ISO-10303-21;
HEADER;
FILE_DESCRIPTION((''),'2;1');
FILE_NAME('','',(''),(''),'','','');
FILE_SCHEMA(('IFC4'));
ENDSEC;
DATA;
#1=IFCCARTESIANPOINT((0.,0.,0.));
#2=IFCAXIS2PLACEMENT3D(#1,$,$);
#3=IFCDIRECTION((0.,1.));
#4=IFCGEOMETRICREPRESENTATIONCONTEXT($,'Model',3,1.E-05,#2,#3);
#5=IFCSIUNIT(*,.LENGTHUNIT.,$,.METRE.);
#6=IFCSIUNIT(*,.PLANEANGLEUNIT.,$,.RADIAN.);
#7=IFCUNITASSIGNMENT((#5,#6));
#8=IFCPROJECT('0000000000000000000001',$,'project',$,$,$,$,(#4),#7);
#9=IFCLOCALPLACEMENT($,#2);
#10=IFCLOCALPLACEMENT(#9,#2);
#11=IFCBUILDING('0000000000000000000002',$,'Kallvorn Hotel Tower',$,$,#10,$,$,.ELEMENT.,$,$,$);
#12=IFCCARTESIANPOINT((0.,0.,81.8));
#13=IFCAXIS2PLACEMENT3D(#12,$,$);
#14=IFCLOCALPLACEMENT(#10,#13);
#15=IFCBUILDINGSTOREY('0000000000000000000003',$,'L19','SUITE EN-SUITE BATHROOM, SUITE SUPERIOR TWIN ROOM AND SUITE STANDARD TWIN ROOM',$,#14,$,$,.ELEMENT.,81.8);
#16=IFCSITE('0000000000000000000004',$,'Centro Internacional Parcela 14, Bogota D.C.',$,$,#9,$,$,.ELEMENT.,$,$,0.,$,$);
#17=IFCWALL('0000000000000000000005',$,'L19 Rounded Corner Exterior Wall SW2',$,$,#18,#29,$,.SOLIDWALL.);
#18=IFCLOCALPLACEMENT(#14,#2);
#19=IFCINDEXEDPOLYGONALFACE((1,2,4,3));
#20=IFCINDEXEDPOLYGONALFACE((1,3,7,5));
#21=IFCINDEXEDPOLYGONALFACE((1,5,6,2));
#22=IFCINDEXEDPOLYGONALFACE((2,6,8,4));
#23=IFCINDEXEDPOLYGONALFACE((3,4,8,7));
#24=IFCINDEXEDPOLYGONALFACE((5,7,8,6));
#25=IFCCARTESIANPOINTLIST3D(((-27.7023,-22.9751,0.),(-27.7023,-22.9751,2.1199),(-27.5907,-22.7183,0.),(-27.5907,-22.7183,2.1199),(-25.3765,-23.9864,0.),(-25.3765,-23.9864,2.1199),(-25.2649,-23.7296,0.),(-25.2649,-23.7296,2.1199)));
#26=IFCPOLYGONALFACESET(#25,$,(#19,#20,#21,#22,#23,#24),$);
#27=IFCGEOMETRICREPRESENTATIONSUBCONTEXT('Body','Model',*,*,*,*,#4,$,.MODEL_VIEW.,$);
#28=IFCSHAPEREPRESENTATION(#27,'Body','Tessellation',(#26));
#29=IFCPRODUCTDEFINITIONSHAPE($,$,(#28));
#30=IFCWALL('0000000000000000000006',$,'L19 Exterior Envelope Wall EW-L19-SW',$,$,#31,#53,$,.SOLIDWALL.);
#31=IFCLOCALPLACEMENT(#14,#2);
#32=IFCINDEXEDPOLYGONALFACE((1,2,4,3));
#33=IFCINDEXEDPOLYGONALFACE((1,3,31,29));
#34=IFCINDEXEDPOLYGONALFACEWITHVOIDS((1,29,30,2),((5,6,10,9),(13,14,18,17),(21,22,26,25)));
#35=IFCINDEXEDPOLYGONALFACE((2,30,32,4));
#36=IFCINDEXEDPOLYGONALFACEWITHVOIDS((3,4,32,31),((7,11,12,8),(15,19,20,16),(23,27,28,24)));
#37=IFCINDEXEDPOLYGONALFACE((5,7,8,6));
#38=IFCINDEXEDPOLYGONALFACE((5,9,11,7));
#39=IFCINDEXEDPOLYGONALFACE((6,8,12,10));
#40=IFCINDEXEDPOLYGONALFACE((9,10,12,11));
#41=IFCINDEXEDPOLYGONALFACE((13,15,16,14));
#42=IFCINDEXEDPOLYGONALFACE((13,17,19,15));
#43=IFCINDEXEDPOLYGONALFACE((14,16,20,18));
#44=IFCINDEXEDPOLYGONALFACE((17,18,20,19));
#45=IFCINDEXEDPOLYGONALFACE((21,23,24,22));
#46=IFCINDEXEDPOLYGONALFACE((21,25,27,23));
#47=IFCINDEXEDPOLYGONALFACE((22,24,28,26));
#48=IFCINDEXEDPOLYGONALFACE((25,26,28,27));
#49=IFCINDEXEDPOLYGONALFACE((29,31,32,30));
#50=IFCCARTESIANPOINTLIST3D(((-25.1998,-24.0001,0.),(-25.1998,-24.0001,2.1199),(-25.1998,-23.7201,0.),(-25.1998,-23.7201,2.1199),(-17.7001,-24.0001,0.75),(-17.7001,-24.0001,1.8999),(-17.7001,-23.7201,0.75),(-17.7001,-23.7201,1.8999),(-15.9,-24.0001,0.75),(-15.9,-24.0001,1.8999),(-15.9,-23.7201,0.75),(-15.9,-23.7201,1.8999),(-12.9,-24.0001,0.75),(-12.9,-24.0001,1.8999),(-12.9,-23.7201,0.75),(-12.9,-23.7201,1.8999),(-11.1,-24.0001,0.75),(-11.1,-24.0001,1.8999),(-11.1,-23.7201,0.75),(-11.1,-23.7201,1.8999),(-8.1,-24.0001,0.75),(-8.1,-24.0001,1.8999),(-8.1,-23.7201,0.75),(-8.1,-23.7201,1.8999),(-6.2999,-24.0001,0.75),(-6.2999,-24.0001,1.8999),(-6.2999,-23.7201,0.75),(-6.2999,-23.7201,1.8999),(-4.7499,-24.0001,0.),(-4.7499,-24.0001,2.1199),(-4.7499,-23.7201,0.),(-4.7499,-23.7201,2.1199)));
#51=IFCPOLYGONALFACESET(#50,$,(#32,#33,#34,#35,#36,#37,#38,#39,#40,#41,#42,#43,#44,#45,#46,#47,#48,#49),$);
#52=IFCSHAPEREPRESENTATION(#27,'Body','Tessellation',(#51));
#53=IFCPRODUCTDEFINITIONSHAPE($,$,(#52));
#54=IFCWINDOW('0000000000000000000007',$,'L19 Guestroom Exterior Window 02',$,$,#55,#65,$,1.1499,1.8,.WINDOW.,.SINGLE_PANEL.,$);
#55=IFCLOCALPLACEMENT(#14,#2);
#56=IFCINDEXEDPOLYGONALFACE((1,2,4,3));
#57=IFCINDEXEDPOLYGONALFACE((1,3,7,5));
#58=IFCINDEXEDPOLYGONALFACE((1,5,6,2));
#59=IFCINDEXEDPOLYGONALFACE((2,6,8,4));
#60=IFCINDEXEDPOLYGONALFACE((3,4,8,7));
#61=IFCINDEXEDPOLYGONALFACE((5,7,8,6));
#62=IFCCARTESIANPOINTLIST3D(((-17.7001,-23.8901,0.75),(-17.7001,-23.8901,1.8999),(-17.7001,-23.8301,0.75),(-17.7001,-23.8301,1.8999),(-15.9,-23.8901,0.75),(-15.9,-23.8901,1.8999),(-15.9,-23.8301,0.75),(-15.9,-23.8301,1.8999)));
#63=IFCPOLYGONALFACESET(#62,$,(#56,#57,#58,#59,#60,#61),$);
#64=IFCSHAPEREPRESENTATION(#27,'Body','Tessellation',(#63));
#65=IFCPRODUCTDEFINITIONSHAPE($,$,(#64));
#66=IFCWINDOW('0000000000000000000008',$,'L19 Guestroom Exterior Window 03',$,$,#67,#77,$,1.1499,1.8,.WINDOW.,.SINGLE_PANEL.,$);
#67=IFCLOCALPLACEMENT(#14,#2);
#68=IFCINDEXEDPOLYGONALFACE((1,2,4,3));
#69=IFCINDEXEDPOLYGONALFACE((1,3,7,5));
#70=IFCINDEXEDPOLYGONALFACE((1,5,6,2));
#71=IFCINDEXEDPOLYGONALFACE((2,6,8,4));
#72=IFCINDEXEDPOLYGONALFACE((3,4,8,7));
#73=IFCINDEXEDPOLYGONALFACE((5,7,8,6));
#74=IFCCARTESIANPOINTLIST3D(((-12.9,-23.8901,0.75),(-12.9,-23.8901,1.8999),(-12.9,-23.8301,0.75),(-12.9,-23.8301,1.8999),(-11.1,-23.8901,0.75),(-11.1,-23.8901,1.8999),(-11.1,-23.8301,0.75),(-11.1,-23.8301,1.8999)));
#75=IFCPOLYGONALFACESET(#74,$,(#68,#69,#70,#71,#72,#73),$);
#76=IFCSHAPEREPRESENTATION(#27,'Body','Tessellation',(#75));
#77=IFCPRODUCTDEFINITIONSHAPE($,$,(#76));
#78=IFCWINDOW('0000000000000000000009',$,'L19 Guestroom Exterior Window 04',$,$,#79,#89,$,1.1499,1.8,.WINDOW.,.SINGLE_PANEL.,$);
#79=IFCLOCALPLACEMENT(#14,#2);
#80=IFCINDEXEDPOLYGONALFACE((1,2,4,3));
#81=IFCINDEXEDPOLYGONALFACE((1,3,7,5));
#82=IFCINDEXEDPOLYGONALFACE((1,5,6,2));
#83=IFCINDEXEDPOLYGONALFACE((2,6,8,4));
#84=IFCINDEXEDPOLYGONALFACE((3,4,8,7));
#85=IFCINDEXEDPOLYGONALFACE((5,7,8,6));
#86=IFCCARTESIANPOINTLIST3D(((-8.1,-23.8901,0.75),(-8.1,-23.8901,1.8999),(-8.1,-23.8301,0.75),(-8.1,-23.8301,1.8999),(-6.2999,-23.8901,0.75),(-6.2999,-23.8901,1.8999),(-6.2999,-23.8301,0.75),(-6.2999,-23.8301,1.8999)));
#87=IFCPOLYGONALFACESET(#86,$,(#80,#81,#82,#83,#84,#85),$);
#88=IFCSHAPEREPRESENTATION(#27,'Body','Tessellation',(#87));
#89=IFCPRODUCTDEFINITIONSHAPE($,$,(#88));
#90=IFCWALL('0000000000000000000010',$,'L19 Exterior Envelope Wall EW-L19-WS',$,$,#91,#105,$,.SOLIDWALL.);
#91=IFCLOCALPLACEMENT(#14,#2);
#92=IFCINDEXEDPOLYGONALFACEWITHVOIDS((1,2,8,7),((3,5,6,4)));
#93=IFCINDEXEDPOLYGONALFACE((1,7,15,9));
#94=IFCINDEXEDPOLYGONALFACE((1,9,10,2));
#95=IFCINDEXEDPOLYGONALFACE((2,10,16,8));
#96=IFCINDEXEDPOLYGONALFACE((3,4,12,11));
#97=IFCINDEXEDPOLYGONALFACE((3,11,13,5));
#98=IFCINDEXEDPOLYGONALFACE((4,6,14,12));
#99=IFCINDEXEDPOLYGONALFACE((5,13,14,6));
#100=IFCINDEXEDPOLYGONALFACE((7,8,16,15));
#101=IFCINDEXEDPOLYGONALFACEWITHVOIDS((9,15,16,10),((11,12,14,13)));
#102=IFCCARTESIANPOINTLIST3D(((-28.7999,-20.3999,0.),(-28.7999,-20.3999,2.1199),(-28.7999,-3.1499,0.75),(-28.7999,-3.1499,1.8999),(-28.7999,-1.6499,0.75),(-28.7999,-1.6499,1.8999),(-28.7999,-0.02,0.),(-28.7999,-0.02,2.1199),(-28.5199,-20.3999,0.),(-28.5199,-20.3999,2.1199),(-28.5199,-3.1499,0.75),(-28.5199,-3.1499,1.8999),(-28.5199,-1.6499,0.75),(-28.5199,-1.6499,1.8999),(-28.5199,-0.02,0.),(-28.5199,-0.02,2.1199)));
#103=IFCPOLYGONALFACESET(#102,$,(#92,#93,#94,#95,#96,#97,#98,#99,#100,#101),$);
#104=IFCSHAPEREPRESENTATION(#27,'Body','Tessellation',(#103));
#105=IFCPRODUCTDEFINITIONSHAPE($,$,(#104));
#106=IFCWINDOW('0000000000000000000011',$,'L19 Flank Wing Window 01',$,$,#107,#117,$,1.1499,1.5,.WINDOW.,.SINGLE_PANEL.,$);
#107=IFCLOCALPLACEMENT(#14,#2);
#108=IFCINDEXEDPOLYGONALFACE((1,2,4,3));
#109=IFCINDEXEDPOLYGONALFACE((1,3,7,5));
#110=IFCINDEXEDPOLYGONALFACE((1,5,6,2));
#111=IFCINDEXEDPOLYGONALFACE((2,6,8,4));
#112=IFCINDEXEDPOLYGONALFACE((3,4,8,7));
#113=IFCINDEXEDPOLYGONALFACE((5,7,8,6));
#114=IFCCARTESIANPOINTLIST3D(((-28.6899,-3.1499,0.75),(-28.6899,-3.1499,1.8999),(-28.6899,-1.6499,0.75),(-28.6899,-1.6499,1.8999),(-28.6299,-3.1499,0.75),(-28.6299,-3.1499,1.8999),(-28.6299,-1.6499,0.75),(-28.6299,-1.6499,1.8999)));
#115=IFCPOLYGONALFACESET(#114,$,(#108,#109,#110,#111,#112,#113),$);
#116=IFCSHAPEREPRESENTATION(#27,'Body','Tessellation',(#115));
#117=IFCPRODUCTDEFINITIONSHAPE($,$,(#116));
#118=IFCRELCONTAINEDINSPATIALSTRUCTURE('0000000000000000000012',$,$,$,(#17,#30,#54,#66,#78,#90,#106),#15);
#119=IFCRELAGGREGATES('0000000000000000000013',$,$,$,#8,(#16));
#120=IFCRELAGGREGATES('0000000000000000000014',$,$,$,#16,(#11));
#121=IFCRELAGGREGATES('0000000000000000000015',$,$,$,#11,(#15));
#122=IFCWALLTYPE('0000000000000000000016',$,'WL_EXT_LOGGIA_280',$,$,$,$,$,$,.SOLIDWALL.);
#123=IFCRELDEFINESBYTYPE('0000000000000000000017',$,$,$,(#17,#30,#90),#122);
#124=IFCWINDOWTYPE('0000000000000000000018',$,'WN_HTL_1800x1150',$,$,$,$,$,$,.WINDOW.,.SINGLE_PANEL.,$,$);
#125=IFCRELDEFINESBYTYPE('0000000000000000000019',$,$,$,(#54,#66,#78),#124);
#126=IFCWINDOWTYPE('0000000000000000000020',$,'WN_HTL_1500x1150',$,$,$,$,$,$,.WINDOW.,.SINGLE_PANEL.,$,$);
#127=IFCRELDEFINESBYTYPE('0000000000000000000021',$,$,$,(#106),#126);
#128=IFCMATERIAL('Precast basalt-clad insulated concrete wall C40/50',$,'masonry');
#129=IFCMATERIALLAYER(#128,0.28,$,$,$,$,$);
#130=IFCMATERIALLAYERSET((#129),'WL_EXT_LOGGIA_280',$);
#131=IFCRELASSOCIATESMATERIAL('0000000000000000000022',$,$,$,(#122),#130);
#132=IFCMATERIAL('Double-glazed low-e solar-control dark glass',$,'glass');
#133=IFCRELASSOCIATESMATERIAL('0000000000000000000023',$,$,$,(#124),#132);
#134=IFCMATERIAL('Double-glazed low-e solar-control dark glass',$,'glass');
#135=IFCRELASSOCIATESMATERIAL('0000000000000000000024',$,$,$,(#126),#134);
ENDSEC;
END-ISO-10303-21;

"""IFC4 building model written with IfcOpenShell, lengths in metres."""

from ifc_helpers import new_model, si_unit, direction, frame, frame_2d, origin, place, context, subcontext, project, spatial, rectangle, extrude, material, layer, layer_set, type_object, element, fill, save


model = new_model("IFC4")

# Units and contexts
model_context = context("Model", 3, precision=1e-05, world=origin(), true_north=direction((0.0, 1.0)))
body_context = subcontext(model_context, "Body", "Model", "MODEL_VIEW")
ifc_project = project(units=[si_unit("LENGTHUNIT", "METRE"), si_unit("PLANEANGLEUNIT", "RADIAN")], contexts=[model_context])

# Site, building, storey
site_placement = place(None, origin())
site = spatial("IfcSite", under=ifc_project, at=site_placement, Name="Centro Internacional Parcela 14, Bogota D.C.", CompositionType="ELEMENT", RefElevation=0.0)
building_placement = place(site_placement, origin())
building = spatial("IfcBuilding", under=site, at=building_placement, Name="Kallvorn Hotel Tower", CompositionType="ELEMENT")
storey_placement = place(building_placement, frame((0.0, 0.0, 81.8)))
storey = spatial("IfcBuildingStorey", under=building, at=storey_placement, Name="L19", Description="SUITE EN-SUITE BATHROOM, SUITE SUPERIOR TWIN ROOM AND SUITE STANDARD TWIN ROOM", CompositionType="ELEMENT", Elevation=81.8)

# Wall
ifc_material_1 = material(Name="Precast basalt-clad insulated concrete wall C40/50", Category="masonry")
ifc_layer_1 = layer(ifc_material_1, 0.28)
ifc_layer_set_1 = layer_set([ifc_layer_1], Name="WL_EXT_LOGGIA_280")
wall_type_1 = type_object("IfcWallType", Name="WL_EXT_LOGGIA_280", PredefinedType="SOLIDWALL", material=ifc_layer_set_1)
wall_1_placement = place(storey_placement, frame((-27.6465, -22.8467, 0.0), z_axis=(0.0, 0.0, 1.0), x_axis=(0.917061, -0.398747, 0.0)))
element("IfcWall", 1, at=wall_1_placement, inside=storey, type_object=wall_type_1, Name="L19 Rounded Corner Exterior Wall SW2", PredefinedType="SOLIDWALL", context=body_context, shape_type="SweptSolid", body=[
    extrude(rectangle(XDim=2.5361, YDim=0.28, at=frame_2d((1.2681, 0.0))), origin(), (0.0, 0.0, 1.0), 2.1199),
])

# Wall, openings, windows
wall_2_placement = place(storey_placement, frame((-25.2, -23.8601, 0.0), z_axis=(0.0, 0.0, 1.0), x_axis=(1.0, 0.0, 0.0)))
wall_2 = element("IfcWall", 2, at=wall_2_placement, inside=storey, type_object=wall_type_1, Name="L19 Exterior Envelope Wall EW-L19-SW", PredefinedType="SOLIDWALL", context=body_context, shape_type="SweptSolid", body=[
    extrude(rectangle(XDim=20.45, YDim=0.28, at=frame_2d((10.2251, 0.0))), origin(), (0.0, 0.0, 1.0), 2.1199),
])
opening_1_placement = place(wall_2_placement, frame((7.5, 0.0, 0.75)))
opening_1 = element("IfcOpeningElement", 3, at=opening_1_placement, cuts=wall_2, PredefinedType="OPENING", context=body_context, shape_type="SweptSolid", body=[
    extrude(rectangle(XDim=1.8, YDim=1.1499, at=frame_2d((0.8999, 0.575))), frame((0.0, 0.155, 0.0), z_axis=(0.0, -1.0, 0.0), x_axis=(1.0, 0.0, 0.0)), (0.0, 0.0, 1.0), 0.3101),
])
opening_2_placement = place(wall_2_placement, frame((12.3, 0.0, 0.75)))
opening_2 = element("IfcOpeningElement", 4, at=opening_2_placement, cuts=wall_2, PredefinedType="OPENING", context=body_context, shape_type="SweptSolid", body=[
    extrude(rectangle(XDim=1.8, YDim=1.1499, at=frame_2d((0.8999, 0.575))), frame((0.0, 0.155, 0.0), z_axis=(0.0, -1.0, 0.0), x_axis=(1.0, 0.0, 0.0)), (0.0, 0.0, 1.0), 0.3101),
])
opening_3_placement = place(wall_2_placement, frame((17.1001, 0.0, 0.75)))
opening_3 = element("IfcOpeningElement", 5, at=opening_3_placement, cuts=wall_2, PredefinedType="OPENING", context=body_context, shape_type="SweptSolid", body=[
    extrude(rectangle(XDim=1.8, YDim=1.1499, at=frame_2d((0.8999, 0.575))), frame((0.0, 0.155, 0.0), z_axis=(0.0, -1.0, 0.0), x_axis=(1.0, 0.0, 0.0)), (0.0, 0.0, 1.0), 0.3101),
])
ifc_material_2 = material(Name="Double-glazed low-e solar-control dark glass", Category="glass")
window_type_1 = type_object("IfcWindowType", Name="WN_HTL_1800x1150", PartitioningType="SINGLE_PANEL", PredefinedType="WINDOW", material=ifc_material_2)
window_1_placement = place(opening_1_placement, origin())
window_1 = element("IfcWindow", 6, at=window_1_placement, inside=storey, type_object=window_type_1, Name="L19 Guestroom Exterior Window 02", OverallHeight=1.1499, OverallWidth=1.8, PartitioningType="SINGLE_PANEL", PredefinedType="WINDOW", context=body_context, shape_type="SweptSolid", body=[
    extrude(rectangle(XDim=1.8, YDim=1.1499, at=frame_2d((0.8999, 0.575))), frame((0.0, 0.03, 0.0), z_axis=(0.0, -1.0, 0.0), x_axis=(1.0, 0.0, 0.0)), (0.0, 0.0, 1.0), 0.0601),
])
fill(opening_1, window_1)
window_2_placement = place(opening_2_placement, origin())
window_2 = element("IfcWindow", 7, at=window_2_placement, inside=storey, type_object=window_type_1, Name="L19 Guestroom Exterior Window 03", OverallHeight=1.1499, OverallWidth=1.8, PartitioningType="SINGLE_PANEL", PredefinedType="WINDOW", context=body_context, shape_type="SweptSolid", body=[
    extrude(rectangle(XDim=1.8, YDim=1.1499, at=frame_2d((0.8999, 0.575))), frame((0.0, 0.03, 0.0), z_axis=(0.0, -1.0, 0.0), x_axis=(1.0, 0.0, 0.0)), (0.0, 0.0, 1.0), 0.0601),
])
fill(opening_2, window_2)
window_3_placement = place(opening_3_placement, origin())
window_3 = element("IfcWindow", 8, at=window_3_placement, inside=storey, type_object=window_type_1, Name="L19 Guestroom Exterior Window 04", OverallHeight=1.1499, OverallWidth=1.8, PartitioningType="SINGLE_PANEL", PredefinedType="WINDOW", context=body_context, shape_type="SweptSolid", body=[
    extrude(rectangle(XDim=1.8, YDim=1.1499, at=frame_2d((0.8999, 0.575))), frame((0.0, 0.03, 0.0), z_axis=(0.0, -1.0, 0.0), x_axis=(1.0, 0.0, 0.0)), (0.0, 0.0, 1.0), 0.0601),
])
fill(opening_3, window_3)

# Wall, opening, window
wall_3_placement = place(storey_placement, frame((-28.6599, -20.3999, 0.0), z_axis=(0.0, 0.0, 1.0), x_axis=(0.0, 1.0, 0.0)))
wall_3 = element("IfcWall", 9, at=wall_3_placement, inside=storey, type_object=wall_type_1, Name="L19 Exterior Envelope Wall EW-L19-WS", PredefinedType="SOLIDWALL", context=body_context, shape_type="SweptSolid", body=[
    extrude(rectangle(XDim=20.3799, YDim=0.28, at=frame_2d((10.1899, 0.0))), origin(), (0.0, 0.0, 1.0), 2.1199),
])
opening_4_placement = place(wall_3_placement, frame((17.25, 0.0, 0.75)))
opening_4 = element("IfcOpeningElement", 10, at=opening_4_placement, cuts=wall_3, PredefinedType="OPENING", context=body_context, shape_type="SweptSolid", body=[
    extrude(rectangle(XDim=1.5, YDim=1.1499, at=frame_2d((0.75, 0.575))), frame((0.0, 0.155, 0.0), z_axis=(0.0, -1.0, 0.0), x_axis=(1.0, 0.0, 0.0)), (0.0, 0.0, 1.0), 0.3101),
])
ifc_material_3 = material(Name="Double-glazed low-e solar-control dark glass", Category="glass")
window_type_2 = type_object("IfcWindowType", Name="WN_HTL_1500x1150", PartitioningType="SINGLE_PANEL", PredefinedType="WINDOW", material=ifc_material_3)
window_4_placement = place(opening_4_placement, origin())
window_4 = element("IfcWindow", 11, at=window_4_placement, inside=storey, type_object=window_type_2, Name="L19 Flank Wing Window 01", OverallHeight=1.1499, OverallWidth=1.5, PartitioningType="SINGLE_PANEL", PredefinedType="WINDOW", context=body_context, shape_type="SweptSolid", body=[
    extrude(rectangle(XDim=1.5, YDim=1.1499, at=frame_2d((0.75, 0.575))), frame((0.0, 0.03, 0.0), z_axis=(0.0, -1.0, 0.0), x_axis=(1.0, 0.0, 0.0)), (0.0, 0.0, 1.0), 0.0601),
])
fill(opening_4, window_4)

save(model, "model.ifc")
